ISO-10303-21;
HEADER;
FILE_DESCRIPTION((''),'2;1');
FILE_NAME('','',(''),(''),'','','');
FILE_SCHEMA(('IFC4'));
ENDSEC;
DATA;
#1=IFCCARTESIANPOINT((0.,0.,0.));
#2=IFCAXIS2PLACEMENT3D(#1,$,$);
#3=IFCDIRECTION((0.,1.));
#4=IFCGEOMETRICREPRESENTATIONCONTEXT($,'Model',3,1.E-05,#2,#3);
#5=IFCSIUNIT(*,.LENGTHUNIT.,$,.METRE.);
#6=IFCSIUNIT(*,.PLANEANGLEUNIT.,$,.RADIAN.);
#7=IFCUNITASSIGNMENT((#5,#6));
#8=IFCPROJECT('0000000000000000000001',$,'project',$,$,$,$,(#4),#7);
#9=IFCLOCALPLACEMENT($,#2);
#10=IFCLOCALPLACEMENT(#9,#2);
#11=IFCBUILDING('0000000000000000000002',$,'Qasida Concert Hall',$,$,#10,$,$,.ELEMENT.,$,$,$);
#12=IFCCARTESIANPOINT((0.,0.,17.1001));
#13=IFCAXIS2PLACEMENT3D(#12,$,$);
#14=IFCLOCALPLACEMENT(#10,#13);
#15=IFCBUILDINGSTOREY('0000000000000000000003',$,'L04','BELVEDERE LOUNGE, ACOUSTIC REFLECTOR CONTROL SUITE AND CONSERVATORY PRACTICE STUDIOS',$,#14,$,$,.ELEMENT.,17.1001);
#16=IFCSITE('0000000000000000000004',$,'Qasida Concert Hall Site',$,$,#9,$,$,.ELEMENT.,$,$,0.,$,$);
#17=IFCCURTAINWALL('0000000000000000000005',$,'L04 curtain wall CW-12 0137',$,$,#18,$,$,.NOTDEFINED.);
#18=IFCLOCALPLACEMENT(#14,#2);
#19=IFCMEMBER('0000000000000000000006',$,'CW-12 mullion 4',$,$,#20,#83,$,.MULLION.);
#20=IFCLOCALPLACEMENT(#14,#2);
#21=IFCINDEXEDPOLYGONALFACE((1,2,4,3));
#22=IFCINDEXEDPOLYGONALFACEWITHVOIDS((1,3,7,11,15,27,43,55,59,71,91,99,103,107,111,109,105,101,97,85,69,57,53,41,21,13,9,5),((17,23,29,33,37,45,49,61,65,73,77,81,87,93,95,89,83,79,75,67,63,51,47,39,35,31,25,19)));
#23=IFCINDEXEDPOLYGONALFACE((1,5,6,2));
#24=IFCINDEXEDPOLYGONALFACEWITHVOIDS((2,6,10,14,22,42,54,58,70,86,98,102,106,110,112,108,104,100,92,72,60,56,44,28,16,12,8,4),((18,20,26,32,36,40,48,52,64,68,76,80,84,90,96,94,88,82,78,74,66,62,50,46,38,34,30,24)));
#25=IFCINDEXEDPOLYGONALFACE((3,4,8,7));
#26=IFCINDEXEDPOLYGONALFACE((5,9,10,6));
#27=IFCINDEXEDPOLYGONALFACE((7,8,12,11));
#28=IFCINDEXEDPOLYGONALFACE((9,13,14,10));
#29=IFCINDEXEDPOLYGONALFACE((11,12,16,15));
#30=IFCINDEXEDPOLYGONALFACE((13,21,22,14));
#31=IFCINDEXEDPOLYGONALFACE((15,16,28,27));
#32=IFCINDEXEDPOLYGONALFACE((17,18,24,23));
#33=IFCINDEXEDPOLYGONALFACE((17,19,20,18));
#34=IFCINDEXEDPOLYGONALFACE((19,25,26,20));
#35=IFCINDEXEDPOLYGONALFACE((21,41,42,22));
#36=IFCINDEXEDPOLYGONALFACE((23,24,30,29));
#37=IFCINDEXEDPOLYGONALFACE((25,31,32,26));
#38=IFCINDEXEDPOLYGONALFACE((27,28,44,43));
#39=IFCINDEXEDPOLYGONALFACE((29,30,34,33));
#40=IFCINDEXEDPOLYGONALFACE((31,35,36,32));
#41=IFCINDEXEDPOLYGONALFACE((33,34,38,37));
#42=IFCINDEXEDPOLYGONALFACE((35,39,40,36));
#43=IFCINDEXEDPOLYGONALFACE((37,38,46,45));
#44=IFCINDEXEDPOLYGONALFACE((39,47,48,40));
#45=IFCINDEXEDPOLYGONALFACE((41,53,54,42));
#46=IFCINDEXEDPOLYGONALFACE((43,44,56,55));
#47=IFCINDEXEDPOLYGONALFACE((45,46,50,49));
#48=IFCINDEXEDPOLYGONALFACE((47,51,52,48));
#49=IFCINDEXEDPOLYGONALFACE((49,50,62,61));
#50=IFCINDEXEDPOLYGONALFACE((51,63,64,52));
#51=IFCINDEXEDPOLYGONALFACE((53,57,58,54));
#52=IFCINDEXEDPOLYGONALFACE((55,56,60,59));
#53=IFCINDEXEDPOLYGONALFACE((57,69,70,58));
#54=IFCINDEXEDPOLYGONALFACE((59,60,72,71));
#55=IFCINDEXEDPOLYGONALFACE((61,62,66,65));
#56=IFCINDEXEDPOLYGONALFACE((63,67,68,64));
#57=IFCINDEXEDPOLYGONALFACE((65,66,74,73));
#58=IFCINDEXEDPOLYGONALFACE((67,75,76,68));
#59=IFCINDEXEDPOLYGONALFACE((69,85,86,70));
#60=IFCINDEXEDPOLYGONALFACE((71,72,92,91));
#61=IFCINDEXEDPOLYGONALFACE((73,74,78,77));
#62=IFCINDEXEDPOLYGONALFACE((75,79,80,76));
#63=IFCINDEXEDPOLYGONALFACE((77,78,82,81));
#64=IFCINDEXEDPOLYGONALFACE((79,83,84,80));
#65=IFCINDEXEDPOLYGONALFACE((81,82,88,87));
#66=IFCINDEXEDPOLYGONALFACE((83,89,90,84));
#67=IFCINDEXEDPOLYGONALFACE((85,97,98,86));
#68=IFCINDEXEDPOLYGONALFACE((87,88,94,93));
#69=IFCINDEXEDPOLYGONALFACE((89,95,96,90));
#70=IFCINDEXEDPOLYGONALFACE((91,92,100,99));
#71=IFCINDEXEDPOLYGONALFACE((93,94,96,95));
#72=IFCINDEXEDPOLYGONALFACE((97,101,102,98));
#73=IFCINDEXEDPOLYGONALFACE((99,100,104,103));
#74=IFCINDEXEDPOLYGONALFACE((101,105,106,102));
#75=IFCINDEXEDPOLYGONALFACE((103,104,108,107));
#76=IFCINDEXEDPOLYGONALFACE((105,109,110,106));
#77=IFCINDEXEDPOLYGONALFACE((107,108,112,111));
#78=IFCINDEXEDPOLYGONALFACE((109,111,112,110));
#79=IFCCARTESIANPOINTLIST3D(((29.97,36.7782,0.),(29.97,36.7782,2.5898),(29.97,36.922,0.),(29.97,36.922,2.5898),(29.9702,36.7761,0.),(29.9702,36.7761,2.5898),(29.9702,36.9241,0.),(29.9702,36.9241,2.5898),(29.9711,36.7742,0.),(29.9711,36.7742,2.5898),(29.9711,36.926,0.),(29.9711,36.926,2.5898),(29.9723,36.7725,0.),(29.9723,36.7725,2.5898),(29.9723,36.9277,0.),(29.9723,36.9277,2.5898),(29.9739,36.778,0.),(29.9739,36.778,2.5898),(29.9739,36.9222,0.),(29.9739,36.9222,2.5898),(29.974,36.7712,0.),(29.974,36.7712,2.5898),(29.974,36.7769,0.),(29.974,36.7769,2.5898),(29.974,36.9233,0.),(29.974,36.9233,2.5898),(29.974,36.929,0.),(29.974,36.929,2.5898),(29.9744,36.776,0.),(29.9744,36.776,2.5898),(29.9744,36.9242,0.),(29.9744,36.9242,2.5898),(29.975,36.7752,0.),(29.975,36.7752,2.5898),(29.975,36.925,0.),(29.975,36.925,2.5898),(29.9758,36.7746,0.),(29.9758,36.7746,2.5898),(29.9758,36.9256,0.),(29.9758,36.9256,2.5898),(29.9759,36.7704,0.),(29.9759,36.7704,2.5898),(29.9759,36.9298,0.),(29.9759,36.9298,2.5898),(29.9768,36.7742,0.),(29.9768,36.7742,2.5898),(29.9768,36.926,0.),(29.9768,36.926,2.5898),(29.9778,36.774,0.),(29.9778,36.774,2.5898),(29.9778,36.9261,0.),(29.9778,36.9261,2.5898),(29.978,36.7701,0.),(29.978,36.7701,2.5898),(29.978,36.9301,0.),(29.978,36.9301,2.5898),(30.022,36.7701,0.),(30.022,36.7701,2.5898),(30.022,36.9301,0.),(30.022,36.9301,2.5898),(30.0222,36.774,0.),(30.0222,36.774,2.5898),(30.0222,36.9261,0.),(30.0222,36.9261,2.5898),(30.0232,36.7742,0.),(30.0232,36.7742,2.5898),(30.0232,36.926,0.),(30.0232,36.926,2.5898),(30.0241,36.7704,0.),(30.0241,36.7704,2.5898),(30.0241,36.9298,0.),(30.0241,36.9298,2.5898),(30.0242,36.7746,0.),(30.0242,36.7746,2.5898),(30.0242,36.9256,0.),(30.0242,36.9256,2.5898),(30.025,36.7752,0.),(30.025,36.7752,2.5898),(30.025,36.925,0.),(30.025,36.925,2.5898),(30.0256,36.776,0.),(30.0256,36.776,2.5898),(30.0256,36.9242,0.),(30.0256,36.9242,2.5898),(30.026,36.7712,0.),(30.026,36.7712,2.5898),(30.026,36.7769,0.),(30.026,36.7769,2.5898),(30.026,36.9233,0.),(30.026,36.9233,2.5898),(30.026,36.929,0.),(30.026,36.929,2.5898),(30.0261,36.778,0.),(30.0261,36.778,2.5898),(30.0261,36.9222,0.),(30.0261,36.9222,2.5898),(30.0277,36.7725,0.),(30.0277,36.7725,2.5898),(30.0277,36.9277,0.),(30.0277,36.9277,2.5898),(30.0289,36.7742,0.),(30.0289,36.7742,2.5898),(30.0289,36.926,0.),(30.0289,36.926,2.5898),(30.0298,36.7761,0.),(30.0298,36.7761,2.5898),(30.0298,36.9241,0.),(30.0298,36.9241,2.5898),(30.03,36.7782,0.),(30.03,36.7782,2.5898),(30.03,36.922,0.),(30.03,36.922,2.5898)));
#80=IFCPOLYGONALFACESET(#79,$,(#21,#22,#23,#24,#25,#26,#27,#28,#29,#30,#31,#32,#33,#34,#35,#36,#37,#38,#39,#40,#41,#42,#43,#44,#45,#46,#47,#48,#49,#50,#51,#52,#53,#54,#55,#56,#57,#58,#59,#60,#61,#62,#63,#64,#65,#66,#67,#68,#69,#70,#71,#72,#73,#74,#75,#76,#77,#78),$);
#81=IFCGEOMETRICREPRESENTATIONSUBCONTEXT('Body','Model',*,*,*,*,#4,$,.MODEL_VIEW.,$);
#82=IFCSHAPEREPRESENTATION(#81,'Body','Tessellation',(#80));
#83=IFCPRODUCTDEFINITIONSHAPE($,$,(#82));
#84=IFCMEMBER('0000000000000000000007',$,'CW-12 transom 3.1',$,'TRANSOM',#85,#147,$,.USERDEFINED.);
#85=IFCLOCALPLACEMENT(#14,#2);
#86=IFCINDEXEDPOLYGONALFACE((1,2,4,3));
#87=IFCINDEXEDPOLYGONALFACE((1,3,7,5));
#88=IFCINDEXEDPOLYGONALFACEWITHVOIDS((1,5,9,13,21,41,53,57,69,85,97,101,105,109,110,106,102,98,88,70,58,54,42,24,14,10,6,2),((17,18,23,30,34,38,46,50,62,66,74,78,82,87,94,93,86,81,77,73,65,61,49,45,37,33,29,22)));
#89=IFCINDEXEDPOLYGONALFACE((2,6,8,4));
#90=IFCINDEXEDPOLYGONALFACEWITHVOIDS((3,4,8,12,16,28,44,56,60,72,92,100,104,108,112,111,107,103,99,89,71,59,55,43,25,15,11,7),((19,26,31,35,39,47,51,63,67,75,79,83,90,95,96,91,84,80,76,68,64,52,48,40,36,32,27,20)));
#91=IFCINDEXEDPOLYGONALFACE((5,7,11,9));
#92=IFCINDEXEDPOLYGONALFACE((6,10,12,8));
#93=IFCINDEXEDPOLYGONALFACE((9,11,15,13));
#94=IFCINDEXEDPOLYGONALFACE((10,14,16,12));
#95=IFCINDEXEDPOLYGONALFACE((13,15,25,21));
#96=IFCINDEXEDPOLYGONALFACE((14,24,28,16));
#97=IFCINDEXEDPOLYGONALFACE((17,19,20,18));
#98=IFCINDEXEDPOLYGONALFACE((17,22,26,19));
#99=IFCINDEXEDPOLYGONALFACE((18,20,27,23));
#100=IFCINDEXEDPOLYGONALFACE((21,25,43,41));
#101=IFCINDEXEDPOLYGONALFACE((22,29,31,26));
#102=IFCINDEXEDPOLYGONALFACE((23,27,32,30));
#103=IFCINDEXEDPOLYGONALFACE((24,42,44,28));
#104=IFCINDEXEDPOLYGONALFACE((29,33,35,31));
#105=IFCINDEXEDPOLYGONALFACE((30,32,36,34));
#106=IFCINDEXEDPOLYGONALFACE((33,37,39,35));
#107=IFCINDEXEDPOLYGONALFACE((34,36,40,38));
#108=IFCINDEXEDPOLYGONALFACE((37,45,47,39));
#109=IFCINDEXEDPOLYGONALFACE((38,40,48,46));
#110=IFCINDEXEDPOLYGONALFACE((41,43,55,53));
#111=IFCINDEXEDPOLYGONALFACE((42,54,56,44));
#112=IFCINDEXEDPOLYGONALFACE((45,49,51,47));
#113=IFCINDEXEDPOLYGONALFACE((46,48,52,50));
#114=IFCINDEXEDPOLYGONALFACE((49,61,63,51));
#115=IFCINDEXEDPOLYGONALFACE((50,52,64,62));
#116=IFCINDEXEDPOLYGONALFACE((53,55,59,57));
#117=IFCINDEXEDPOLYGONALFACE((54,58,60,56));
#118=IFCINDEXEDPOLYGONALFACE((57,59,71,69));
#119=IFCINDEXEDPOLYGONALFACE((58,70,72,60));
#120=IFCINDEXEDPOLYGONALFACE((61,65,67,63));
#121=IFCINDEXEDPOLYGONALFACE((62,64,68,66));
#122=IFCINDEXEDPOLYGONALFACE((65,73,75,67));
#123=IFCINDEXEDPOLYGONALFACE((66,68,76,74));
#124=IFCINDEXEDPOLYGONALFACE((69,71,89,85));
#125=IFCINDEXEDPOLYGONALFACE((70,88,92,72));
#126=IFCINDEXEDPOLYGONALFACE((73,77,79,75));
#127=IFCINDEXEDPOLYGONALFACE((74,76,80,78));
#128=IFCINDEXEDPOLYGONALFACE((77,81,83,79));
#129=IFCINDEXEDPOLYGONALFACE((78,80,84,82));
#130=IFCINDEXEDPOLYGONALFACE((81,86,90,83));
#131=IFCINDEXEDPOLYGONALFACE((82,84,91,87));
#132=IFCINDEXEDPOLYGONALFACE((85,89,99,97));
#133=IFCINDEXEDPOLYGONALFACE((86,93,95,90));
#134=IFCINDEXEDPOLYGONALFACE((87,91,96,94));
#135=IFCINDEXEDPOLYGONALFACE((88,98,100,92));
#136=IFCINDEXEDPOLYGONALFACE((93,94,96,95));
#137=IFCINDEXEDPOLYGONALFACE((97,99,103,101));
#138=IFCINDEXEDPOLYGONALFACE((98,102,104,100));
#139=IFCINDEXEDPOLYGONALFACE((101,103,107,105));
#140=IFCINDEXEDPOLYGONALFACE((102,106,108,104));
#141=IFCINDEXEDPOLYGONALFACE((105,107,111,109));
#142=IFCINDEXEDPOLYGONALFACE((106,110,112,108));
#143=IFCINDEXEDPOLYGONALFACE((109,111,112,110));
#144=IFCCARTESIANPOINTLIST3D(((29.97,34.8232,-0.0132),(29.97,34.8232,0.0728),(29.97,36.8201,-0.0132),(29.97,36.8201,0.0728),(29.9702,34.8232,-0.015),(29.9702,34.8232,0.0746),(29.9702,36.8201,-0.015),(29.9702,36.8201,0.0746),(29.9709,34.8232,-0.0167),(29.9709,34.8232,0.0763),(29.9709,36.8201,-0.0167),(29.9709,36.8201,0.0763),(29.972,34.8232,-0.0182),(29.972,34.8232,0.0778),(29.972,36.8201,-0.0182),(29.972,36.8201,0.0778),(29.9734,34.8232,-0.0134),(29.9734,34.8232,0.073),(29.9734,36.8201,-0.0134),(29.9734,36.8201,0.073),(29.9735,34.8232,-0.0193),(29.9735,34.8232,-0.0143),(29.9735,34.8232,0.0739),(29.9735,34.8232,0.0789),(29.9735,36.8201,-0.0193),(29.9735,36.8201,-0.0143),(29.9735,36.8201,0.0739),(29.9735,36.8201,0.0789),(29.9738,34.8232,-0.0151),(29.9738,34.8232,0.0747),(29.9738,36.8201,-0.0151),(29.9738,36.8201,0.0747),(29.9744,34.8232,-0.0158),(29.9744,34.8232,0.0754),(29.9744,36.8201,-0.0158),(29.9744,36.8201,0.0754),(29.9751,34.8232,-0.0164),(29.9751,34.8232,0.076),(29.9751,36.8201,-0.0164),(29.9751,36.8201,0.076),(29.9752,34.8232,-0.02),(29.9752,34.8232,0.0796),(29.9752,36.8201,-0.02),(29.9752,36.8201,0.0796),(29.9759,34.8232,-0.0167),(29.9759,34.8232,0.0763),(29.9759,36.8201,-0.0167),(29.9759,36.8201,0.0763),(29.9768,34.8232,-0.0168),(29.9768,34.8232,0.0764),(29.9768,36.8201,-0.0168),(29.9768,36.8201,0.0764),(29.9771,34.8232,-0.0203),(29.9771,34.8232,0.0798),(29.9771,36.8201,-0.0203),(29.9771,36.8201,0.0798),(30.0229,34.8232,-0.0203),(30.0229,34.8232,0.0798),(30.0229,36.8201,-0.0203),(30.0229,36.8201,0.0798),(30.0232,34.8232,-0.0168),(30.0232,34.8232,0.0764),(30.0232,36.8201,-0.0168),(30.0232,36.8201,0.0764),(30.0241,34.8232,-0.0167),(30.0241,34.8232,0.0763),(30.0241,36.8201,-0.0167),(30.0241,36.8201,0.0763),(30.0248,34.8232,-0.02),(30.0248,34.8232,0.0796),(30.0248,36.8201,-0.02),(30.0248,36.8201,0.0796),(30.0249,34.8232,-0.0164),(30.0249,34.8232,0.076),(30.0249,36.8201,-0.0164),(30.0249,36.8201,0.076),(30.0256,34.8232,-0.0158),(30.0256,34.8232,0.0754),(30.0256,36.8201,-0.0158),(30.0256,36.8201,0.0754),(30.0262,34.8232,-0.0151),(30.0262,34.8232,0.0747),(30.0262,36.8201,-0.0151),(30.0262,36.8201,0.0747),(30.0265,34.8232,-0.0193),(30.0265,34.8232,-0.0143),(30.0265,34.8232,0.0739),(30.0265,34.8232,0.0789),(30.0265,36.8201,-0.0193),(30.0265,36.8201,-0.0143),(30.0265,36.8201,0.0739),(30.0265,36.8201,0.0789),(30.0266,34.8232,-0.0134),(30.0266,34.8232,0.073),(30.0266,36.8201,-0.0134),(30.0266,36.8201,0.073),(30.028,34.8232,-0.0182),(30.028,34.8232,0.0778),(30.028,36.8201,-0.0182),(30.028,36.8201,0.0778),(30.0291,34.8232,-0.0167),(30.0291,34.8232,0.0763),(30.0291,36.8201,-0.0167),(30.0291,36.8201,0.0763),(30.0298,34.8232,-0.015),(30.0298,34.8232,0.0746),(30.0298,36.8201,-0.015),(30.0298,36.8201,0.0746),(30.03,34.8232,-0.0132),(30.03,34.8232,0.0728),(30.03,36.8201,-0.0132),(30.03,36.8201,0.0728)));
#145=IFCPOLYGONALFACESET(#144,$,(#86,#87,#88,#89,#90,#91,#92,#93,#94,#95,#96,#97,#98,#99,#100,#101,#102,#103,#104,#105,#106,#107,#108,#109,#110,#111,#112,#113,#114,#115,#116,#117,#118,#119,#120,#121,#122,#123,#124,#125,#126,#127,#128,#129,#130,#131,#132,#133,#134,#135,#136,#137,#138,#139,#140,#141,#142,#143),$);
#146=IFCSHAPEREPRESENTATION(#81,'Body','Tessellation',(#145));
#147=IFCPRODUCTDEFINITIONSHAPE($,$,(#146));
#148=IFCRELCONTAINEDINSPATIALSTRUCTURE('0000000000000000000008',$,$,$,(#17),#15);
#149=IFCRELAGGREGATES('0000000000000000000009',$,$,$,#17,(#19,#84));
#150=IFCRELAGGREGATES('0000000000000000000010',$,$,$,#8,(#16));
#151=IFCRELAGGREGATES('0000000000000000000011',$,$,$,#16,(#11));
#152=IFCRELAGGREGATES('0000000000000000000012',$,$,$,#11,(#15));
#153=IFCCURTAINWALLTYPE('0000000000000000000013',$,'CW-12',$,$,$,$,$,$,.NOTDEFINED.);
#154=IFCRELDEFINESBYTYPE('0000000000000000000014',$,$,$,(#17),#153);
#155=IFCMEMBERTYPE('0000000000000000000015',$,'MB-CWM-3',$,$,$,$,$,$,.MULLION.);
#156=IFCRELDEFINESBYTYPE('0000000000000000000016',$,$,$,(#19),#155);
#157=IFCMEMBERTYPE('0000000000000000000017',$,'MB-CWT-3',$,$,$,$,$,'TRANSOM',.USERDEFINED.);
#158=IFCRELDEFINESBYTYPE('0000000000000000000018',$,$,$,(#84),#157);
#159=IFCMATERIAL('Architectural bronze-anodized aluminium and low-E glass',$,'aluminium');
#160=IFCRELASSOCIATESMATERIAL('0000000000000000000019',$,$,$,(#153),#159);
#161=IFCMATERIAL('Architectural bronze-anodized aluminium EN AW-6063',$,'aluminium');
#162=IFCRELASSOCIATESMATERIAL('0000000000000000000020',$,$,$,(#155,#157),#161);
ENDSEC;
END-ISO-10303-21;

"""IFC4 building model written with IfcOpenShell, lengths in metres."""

from ifc_helpers import new_model, si_unit, direction, frame, origin, origin_2d, place, context, subcontext, project, spatial, hollow_rectangle, extrude, material, material_profile, profile_set, type_object, element, aggregate, save


model = new_model("IFC4")

# Units and contexts
model_context = context("Model", 3, precision=1e-05, world=origin(), true_north=direction((0.0, 1.0)))
body_context = subcontext(model_context, "Body", "Model", "MODEL_VIEW")
ifc_project = project(units=[si_unit("LENGTHUNIT", "METRE"), si_unit("PLANEANGLEUNIT", "RADIAN")], contexts=[model_context])

# Site, building, storey
site_placement = place(None, origin())
site = spatial("IfcSite", under=ifc_project, at=site_placement, Name="Qasida Concert Hall Site", CompositionType="ELEMENT", RefElevation=0.0)
building_placement = place(site_placement, origin())
building = spatial("IfcBuilding", under=site, at=building_placement, Name="Qasida Concert Hall", CompositionType="ELEMENT")
storey_placement = place(building_placement, frame((0.0, 0.0, 17.1001)))
storey = spatial("IfcBuildingStorey", under=building, at=storey_placement, Name="L04", Description="BELVEDERE LOUNGE, ACOUSTIC REFLECTOR CONTROL SUITE AND CONSERVATORY PRACTICE STUDIOS", CompositionType="ELEMENT", Elevation=17.1001)

# Curtain wall, members
ifc_material_1 = material(Name="Architectural bronze-anodized aluminium and low-E glass", Category="aluminium")
curtain_wall_type = type_object("IfcCurtainWallType", Name="CW-12", PredefinedType="NOTDEFINED", material=ifc_material_1)
curtain_wall_placement = place(storey_placement, origin())
curtain_wall = element("IfcCurtainWall", 1, at=curtain_wall_placement, inside=storey, type_object=curtain_wall_type, Name="L04 curtain wall CW-12 0137", PredefinedType="NOTDEFINED")
ifc_material_2 = material(Name="Architectural bronze-anodized aluminium EN AW-6063", Category="aluminium")
ifc_material_profile_1 = material_profile(ifc_material_2, hollow_rectangle(XDim=0.0601, YDim=0.1599, WallThickness=0.0039, InnerFilletRadius=0.0039, OuterFilletRadius=0.0081, at=origin_2d()), Name="CWM 160x60x4")
ifc_profile_set_1 = profile_set([ifc_material_profile_1], Name="Architectural bronze-anodized aluminium EN AW-6063")
member_type_1 = type_object("IfcMemberType", Name="MB-CWM-3", PredefinedType="MULLION", material=ifc_profile_set_1)
member_1_placement = place(storey_placement, frame((30.0, 36.8501, 0.0), z_axis=(0.0, 0.0, 1.0), x_axis=(-1.0, 0.0, 0.0)))
member_1 = element("IfcMember", 2, at=member_1_placement, type_object=member_type_1, Name="CW-12 mullion 4", PredefinedType="MULLION", context=body_context, shape_type="SweptSolid", body=[
    extrude(hollow_rectangle(XDim=0.0601, YDim=0.1599, WallThickness=0.0039, InnerFilletRadius=0.0039, OuterFilletRadius=0.0081, at=origin_2d()), origin(), (0.0, 0.0, 1.0), 2.5898),
])
ifc_material_profile_2 = material_profile(ifc_material_2, hollow_rectangle(XDim=0.0601, YDim=0.1001, WallThickness=0.0034, InnerFilletRadius=0.0034, OuterFilletRadius=0.0071, at=origin_2d()), Name="CWT 100x60x3.5")
ifc_profile_set_2 = profile_set([ifc_material_profile_2], Name="Architectural bronze-anodized aluminium EN AW-6063")
member_type_2 = type_object("IfcMemberType", Name="MB-CWT-3", ElementType="TRANSOM", PredefinedType="USERDEFINED", material=ifc_profile_set_2)
member_2_placement = place(storey_placement, frame((30.0, 34.8232, 0.0298), z_axis=(0.0, 1.0, 0.0), x_axis=(-1.0, 0.0, 0.0)))
member_2 = element("IfcMember", 3, at=member_2_placement, type_object=member_type_2, Name="CW-12 transom 3.1", ObjectType="TRANSOM", PredefinedType="USERDEFINED", context=body_context, shape_type="SweptSolid", body=[
    extrude(hollow_rectangle(XDim=0.0601, YDim=0.1001, WallThickness=0.0034, InnerFilletRadius=0.0034, OuterFilletRadius=0.0071, at=origin_2d()), origin(), (0.0, 0.0, 1.0), 1.9968),
])
aggregate(curtain_wall, [member_1, member_2])

save(model, "model.ifc")
